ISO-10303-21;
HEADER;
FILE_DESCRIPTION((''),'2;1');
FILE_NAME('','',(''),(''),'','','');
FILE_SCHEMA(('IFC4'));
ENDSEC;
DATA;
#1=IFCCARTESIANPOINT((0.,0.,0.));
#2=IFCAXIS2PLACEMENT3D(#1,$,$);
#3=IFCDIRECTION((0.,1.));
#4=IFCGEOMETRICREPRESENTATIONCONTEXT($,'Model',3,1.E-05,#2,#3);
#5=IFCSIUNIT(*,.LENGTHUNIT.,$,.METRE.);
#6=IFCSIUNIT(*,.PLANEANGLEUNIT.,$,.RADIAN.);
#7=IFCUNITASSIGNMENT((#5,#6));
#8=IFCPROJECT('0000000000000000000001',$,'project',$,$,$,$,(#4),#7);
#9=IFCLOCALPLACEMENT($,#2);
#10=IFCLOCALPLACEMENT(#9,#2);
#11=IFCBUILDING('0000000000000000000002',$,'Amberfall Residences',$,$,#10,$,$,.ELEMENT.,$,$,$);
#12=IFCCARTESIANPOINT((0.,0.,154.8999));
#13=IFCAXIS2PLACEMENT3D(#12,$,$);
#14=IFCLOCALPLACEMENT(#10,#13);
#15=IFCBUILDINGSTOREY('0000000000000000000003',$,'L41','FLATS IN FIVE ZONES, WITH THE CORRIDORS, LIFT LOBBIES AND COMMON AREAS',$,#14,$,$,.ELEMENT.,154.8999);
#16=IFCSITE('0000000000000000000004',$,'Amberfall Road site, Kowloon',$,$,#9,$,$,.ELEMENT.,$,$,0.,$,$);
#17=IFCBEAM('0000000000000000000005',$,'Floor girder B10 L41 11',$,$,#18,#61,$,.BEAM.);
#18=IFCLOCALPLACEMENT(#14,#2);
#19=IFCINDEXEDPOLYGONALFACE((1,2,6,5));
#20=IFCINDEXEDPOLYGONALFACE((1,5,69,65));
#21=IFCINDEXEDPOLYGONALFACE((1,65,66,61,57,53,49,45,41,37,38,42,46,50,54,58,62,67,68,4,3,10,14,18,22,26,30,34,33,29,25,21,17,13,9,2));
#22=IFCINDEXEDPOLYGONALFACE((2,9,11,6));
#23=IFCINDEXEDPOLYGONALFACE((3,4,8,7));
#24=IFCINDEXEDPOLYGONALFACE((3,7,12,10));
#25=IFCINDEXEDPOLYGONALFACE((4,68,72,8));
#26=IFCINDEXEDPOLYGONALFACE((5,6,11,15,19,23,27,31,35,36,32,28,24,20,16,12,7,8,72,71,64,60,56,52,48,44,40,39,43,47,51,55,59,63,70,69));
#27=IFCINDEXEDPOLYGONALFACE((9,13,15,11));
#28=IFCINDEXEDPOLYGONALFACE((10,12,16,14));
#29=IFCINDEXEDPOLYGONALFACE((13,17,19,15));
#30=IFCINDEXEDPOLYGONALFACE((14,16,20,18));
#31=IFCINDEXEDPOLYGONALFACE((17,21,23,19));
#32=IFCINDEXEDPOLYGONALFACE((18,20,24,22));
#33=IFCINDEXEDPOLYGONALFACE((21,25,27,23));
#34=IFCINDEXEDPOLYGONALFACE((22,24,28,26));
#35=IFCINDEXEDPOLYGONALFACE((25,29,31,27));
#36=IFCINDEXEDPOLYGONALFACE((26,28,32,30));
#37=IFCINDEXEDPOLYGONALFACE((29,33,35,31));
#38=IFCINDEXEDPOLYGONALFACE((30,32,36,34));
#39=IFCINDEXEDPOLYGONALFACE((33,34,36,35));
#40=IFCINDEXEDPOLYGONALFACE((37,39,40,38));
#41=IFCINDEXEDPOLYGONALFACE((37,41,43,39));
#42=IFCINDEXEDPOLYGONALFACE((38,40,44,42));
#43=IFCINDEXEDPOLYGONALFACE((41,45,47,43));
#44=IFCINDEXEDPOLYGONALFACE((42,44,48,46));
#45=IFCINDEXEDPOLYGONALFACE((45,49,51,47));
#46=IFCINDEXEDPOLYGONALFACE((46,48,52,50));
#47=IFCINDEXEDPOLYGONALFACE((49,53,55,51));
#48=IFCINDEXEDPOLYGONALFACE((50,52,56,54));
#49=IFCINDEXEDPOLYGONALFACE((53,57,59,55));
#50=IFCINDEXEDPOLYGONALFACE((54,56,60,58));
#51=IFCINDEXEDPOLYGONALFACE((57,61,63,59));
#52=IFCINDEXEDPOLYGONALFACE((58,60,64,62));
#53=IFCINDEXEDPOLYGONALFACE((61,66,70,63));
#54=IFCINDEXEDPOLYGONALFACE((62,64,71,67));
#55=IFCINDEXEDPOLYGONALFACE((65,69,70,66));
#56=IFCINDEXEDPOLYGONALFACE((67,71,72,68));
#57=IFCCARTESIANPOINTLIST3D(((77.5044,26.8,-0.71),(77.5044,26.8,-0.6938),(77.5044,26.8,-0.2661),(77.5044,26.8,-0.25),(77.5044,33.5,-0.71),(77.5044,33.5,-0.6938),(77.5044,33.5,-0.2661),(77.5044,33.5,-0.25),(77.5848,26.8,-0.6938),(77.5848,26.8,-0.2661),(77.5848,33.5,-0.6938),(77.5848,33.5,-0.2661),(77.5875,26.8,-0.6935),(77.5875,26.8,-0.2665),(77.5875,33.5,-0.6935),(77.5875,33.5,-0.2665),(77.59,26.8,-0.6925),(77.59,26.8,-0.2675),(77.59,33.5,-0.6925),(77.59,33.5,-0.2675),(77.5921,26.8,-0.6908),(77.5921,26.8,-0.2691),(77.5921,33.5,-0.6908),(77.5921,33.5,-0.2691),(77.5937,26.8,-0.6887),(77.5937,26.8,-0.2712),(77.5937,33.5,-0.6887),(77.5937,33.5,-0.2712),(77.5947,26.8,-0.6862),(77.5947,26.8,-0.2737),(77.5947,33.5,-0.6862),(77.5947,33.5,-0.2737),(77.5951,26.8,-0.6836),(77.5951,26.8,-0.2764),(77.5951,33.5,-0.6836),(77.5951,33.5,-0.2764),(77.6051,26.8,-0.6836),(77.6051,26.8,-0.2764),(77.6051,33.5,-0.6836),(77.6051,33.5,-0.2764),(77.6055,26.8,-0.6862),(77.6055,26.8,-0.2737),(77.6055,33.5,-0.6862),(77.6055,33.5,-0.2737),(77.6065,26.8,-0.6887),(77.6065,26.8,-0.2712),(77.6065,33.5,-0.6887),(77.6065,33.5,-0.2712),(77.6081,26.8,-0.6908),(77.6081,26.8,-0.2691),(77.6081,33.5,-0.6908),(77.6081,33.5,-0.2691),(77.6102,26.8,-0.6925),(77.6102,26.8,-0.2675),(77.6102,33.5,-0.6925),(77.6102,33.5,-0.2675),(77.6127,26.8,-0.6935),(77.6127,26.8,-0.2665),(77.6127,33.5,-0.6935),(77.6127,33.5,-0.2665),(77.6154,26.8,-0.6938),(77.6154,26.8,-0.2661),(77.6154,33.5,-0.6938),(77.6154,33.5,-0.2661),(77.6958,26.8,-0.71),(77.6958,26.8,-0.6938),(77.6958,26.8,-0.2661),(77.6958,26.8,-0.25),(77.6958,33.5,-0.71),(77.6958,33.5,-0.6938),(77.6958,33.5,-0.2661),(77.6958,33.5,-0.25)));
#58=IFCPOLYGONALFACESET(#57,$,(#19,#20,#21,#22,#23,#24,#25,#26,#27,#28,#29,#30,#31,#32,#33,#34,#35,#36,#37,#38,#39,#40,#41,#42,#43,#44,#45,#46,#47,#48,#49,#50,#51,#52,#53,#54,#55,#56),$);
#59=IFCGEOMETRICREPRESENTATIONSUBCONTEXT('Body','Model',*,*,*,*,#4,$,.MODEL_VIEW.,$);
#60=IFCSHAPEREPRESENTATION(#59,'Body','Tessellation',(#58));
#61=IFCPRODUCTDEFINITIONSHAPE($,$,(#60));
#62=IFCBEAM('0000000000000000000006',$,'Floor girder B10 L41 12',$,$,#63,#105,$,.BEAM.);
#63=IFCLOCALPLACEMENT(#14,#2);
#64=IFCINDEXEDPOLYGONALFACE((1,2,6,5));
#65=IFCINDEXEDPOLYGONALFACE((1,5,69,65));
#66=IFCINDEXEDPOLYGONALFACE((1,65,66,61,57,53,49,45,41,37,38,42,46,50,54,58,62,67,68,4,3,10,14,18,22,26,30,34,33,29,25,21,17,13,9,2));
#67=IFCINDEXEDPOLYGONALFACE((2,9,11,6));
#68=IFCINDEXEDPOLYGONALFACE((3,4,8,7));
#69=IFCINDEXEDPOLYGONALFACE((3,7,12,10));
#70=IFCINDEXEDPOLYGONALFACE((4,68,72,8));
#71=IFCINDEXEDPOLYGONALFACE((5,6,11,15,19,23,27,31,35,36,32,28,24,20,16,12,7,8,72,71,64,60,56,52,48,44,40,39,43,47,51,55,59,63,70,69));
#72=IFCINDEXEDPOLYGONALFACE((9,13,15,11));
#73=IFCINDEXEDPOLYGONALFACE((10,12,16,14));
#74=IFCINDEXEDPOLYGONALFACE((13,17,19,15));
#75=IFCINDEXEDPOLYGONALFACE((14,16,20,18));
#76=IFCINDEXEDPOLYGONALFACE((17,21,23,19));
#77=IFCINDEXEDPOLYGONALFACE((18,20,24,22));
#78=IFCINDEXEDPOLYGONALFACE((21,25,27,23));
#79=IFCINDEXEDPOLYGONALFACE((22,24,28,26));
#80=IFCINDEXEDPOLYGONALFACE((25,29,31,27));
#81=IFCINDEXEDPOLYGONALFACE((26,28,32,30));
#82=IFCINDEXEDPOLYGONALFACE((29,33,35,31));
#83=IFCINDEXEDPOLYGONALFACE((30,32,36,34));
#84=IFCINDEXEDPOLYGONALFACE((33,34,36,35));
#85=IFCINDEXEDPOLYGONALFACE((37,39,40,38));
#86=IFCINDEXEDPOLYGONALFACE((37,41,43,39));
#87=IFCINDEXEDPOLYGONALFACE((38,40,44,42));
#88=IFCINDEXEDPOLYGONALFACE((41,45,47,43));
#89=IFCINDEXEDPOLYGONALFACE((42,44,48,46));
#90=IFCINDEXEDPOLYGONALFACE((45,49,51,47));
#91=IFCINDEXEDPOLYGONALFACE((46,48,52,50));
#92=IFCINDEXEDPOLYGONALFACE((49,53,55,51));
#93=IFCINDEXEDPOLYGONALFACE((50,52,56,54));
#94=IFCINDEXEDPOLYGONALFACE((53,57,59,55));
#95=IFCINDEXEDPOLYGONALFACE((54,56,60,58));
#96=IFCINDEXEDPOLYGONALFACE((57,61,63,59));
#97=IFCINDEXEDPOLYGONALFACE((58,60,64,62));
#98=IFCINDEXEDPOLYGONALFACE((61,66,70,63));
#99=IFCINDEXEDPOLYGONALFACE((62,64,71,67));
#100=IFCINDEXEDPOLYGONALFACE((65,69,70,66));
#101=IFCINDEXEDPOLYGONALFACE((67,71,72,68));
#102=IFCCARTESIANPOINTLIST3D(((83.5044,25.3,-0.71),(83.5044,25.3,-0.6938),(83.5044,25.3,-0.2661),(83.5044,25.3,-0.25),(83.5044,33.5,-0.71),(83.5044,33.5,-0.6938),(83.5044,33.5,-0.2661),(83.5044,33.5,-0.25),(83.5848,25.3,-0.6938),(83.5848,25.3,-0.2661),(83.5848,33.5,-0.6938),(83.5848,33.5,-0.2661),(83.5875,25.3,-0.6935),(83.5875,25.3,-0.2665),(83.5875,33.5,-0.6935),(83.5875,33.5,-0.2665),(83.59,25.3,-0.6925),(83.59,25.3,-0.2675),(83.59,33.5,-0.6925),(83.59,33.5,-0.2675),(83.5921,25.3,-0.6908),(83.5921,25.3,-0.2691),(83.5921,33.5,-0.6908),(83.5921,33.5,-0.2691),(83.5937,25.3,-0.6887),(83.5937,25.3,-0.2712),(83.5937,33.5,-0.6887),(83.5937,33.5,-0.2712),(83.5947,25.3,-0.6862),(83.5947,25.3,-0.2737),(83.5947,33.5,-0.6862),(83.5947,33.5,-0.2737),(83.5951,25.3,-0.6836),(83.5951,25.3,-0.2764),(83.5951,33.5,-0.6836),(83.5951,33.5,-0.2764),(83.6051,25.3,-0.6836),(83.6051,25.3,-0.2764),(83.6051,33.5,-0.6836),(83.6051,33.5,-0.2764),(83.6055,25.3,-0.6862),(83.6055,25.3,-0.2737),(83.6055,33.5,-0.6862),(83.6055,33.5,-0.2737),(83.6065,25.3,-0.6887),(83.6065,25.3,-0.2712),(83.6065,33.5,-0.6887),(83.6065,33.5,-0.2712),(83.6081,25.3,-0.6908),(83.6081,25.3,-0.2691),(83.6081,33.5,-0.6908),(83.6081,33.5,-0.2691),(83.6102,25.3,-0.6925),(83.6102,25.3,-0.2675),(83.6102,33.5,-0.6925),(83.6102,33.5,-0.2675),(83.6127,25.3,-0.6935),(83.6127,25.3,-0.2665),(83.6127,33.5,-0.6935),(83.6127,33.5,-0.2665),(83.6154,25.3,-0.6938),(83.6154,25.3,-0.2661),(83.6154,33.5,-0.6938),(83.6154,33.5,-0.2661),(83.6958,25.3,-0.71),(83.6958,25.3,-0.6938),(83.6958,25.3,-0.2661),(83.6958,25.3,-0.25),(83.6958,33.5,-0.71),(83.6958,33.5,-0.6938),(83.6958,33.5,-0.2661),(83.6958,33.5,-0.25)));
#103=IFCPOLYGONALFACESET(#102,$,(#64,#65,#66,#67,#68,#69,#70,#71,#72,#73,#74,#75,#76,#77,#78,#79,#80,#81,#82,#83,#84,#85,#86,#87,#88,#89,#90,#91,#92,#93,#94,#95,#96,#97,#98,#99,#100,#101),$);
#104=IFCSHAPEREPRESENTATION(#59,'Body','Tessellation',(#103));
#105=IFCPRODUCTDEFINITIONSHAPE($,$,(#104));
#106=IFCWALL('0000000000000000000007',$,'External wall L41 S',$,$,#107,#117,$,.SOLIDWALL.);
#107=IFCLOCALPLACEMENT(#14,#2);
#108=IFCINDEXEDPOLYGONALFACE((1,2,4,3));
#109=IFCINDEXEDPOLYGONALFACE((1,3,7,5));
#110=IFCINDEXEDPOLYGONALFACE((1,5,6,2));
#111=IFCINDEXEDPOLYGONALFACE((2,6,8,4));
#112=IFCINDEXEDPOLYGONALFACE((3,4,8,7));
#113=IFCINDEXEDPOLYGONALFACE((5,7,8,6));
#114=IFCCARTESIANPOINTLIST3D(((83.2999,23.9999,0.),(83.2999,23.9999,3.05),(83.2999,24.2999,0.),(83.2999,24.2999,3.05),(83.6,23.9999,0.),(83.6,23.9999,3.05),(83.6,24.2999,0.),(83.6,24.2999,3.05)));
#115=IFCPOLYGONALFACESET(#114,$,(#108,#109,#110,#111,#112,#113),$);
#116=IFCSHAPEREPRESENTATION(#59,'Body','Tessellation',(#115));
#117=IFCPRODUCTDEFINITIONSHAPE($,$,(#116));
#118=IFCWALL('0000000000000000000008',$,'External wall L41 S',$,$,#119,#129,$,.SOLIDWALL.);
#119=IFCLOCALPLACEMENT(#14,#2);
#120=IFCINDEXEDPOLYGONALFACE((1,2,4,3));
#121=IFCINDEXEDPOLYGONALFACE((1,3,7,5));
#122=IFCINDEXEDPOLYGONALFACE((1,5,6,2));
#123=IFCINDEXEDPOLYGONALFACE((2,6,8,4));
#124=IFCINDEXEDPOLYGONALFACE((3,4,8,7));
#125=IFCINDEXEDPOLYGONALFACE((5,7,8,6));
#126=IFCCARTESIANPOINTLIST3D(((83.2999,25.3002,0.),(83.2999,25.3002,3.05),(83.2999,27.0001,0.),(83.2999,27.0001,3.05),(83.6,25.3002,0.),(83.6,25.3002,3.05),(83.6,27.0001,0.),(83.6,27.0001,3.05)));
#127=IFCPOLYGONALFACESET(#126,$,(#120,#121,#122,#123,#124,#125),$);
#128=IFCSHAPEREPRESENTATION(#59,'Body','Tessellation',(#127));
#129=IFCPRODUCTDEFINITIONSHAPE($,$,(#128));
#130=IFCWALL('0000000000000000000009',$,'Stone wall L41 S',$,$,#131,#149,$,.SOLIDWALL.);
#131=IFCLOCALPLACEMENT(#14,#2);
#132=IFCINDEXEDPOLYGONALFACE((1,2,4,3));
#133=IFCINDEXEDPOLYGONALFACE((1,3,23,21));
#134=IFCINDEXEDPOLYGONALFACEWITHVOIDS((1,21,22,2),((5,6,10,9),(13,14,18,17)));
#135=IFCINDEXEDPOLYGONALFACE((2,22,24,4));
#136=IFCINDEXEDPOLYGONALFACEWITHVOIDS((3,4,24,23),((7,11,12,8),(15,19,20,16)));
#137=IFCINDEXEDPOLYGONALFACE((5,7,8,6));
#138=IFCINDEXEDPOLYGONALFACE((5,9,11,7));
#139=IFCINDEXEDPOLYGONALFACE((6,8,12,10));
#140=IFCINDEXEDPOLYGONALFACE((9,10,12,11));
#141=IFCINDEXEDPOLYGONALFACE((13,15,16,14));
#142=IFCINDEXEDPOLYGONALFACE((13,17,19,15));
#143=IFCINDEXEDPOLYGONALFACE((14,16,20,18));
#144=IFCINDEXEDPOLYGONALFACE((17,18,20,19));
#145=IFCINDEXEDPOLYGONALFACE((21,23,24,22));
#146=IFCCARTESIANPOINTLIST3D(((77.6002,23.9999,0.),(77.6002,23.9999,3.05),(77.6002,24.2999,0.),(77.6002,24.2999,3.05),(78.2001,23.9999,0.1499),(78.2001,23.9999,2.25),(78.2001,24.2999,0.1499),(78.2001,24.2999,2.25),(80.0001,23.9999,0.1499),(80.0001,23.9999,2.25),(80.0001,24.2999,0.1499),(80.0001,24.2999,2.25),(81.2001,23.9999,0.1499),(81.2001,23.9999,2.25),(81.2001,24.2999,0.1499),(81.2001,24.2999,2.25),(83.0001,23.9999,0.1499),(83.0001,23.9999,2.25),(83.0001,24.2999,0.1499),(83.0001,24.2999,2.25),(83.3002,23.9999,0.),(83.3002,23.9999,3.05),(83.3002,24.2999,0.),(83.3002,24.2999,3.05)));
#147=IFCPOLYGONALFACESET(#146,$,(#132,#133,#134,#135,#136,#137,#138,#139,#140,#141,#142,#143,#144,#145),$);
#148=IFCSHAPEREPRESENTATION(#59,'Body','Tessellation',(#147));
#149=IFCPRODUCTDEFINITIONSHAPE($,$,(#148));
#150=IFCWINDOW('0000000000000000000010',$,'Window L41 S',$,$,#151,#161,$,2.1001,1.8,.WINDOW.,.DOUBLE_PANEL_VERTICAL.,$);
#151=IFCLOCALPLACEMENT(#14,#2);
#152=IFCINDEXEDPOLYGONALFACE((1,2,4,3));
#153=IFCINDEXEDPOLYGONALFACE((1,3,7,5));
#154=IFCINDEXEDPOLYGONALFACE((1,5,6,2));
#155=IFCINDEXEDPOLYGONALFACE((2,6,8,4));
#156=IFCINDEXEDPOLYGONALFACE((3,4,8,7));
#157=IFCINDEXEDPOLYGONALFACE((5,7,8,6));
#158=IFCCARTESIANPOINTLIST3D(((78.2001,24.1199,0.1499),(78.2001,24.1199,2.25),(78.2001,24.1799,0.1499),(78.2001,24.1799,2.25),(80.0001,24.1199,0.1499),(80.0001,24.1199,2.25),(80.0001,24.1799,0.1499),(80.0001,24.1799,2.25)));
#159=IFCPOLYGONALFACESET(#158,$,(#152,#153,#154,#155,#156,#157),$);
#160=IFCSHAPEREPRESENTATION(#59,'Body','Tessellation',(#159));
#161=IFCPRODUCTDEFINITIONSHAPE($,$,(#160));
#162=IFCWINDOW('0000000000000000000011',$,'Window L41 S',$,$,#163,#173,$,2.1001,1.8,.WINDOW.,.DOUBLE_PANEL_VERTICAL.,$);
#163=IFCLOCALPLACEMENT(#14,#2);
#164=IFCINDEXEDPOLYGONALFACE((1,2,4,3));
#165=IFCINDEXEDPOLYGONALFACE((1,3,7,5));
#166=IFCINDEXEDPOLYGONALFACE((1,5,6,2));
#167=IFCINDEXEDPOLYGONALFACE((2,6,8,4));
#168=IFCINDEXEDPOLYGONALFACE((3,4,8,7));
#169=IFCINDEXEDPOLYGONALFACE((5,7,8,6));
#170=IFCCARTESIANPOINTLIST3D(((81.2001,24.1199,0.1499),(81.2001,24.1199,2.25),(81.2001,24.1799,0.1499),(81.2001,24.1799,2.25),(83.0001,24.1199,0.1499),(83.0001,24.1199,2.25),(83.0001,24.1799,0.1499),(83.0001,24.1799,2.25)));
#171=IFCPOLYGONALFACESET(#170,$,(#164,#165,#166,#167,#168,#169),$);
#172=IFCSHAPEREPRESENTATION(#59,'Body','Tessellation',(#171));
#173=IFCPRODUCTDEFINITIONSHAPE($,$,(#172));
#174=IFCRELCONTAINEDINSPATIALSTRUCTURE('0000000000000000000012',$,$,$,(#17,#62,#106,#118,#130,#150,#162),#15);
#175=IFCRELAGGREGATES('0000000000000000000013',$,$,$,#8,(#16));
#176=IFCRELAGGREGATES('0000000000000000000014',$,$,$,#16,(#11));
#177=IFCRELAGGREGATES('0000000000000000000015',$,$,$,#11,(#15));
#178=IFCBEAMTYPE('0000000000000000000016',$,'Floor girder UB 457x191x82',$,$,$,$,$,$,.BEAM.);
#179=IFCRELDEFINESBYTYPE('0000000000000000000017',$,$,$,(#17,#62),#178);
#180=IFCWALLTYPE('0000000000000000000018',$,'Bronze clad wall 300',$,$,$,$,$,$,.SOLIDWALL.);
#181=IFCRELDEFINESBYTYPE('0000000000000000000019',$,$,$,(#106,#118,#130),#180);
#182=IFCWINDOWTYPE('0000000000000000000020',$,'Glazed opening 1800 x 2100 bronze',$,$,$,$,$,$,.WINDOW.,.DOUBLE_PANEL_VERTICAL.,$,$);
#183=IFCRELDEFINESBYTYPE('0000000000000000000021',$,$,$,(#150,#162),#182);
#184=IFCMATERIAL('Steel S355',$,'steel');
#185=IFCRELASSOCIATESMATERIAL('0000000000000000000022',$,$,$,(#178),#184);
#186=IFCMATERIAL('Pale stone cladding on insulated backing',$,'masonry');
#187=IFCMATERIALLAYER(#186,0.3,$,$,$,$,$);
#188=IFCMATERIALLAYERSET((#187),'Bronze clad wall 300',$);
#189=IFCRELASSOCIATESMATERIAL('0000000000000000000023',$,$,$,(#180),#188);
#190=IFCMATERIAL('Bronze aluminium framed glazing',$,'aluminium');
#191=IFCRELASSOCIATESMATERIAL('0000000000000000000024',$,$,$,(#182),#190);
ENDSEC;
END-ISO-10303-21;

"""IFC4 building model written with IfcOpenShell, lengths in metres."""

from ifc_helpers import new_model, si_unit, direction, frame, frame_2d, origin, origin_2d, place, context, subcontext, project, spatial, rectangle, i_section, extrude, material, layer, layer_set, material_profile, profile_set, type_object, element, fill, save


model = new_model("IFC4")

# Units and contexts
model_context = context("Model", 3, precision=1e-05, world=origin(), true_north=direction((0.0, 1.0)))
body_context = subcontext(model_context, "Body", "Model", "MODEL_VIEW")
ifc_project = project(units=[si_unit("LENGTHUNIT", "METRE"), si_unit("PLANEANGLEUNIT", "RADIAN")], contexts=[model_context])

# Site, building, storey
site_placement = place(None, origin())
site = spatial("IfcSite", under=ifc_project, at=site_placement, Name="Amberfall Road site, Kowloon", CompositionType="ELEMENT", RefElevation=0.0)
building_placement = place(site_placement, origin())
building = spatial("IfcBuilding", under=site, at=building_placement, Name="Amberfall Residences", CompositionType="ELEMENT")
storey_placement = place(building_placement, frame((0.0, 0.0, 154.8999)))
storey = spatial("IfcBuildingStorey", under=building, at=storey_placement, Name="L41", Description="FLATS IN FIVE ZONES, WITH THE CORRIDORS, LIFT LOBBIES AND COMMON AREAS", CompositionType="ELEMENT", Elevation=154.8999)

# Beams
ifc_material_1 = material(Name="Steel S355", Category="steel")
ifc_material_profile_1 = material_profile(ifc_material_1, i_section(OverallWidth=0.1914, OverallDepth=0.46, WebThickness=0.01, FlangeThickness=0.0161, FilletRadius=0.0103, at=origin_2d()), Name="UB 457x191x82")
ifc_profile_set_1 = profile_set([ifc_material_profile_1], Name="Steel S355")
beam_type_1 = type_object("IfcBeamType", Name="Floor girder UB 457x191x82", PredefinedType="BEAM", material=ifc_profile_set_1)
beam_1_placement = place(storey_placement, frame((77.6001, 26.8, -0.48), z_axis=(0.0, 1.0, 0.0), x_axis=(-1.0, 0.0, 0.0)))
element("IfcBeam", 1, at=beam_1_placement, inside=storey, type_object=beam_type_1, Name="Floor girder B10 L41 11", PredefinedType="BEAM", context=body_context, shape_type="SweptSolid", body=[
    extrude(i_section(OverallWidth=0.1914, OverallDepth=0.46, WebThickness=0.01, FlangeThickness=0.0161, FilletRadius=0.0103, at=origin_2d()), origin(), (0.0, 0.0, 1.0), 6.7),
])
beam_2_placement = place(storey_placement, frame((83.6001, 25.3, -0.48), z_axis=(0.0, 1.0, 0.0), x_axis=(-1.0, 0.0, 0.0)))
element("IfcBeam", 2, at=beam_2_placement, inside=storey, type_object=beam_type_1, Name="Floor girder B10 L41 12", PredefinedType="BEAM", context=body_context, shape_type="SweptSolid", body=[
    extrude(i_section(OverallWidth=0.1914, OverallDepth=0.46, WebThickness=0.01, FlangeThickness=0.0161, FilletRadius=0.0103, at=origin_2d()), origin(), (0.0, 0.0, 1.0), 8.2),
])

# Walls
ifc_material_2 = material(Name="Pale stone cladding on insulated backing", Category="masonry")
ifc_layer_1 = layer(ifc_material_2, 0.3)
ifc_layer_set_1 = layer_set([ifc_layer_1], Name="Bronze clad wall 300")
wall_type_1 = type_object("IfcWallType", Name="Bronze clad wall 300", PredefinedType="SOLIDWALL", material=ifc_layer_set_1)
wall_1_placement = place(storey_placement, frame((83.45, 24.0, 0.0), z_axis=(0.0, 0.0, 1.0), x_axis=(0.0, 1.0, 0.0)))
element("IfcWall", 3, at=wall_1_placement, inside=storey, type_object=wall_type_1, Name="External wall L41 S", PredefinedType="SOLIDWALL", context=body_context, shape_type="SweptSolid", body=[
    extrude(rectangle(XDim=0.3, YDim=0.3, at=frame_2d((0.1499, 0.0))), origin(), (0.0, 0.0, 1.0), 3.05),
])
wall_2_placement = place(storey_placement, frame((83.45, 25.3, 0.0), z_axis=(0.0, 0.0, 1.0), x_axis=(0.0, 1.0, 0.0)))
element("IfcWall", 4, at=wall_2_placement, inside=storey, type_object=wall_type_1, Name="External wall L41 S", PredefinedType="SOLIDWALL", context=body_context, shape_type="SweptSolid", body=[
    extrude(rectangle(XDim=1.7, YDim=0.3, at=frame_2d((0.8501, 0.0))), origin(), (0.0, 0.0, 1.0), 3.05),
])

# Wall, openings, windows
wall_3_placement = place(storey_placement, frame((77.6001, 24.1499, 0.0), z_axis=(0.0, 0.0, 1.0), x_axis=(1.0, 0.0, 0.0)))
wall_3 = element("IfcWall", 5, at=wall_3_placement, inside=storey, type_object=wall_type_1, Name="Stone wall L41 S", PredefinedType="SOLIDWALL", context=body_context, shape_type="SweptSolid", body=[
    extrude(rectangle(XDim=5.7, YDim=0.3, at=frame_2d((2.8501, 0.0))), origin(), (0.0, 0.0, 1.0), 3.05),
])
opening_1_placement = place(wall_3_placement, frame((0.6001, 0.0, 0.1499)))
opening_1 = element("IfcOpeningElement", 6, at=opening_1_placement, cuts=wall_3, PredefinedType="OPENING", context=body_context, shape_type="SweptSolid", body=[
    extrude(rectangle(XDim=1.8, YDim=2.1001, at=frame_2d((0.8999, 1.05))), frame((0.0, 0.1599, 0.0), z_axis=(0.0, -1.0, 0.0), x_axis=(1.0, 0.0, 0.0)), (0.0, 0.0, 1.0), 0.3201),
])
opening_2_placement = place(wall_3_placement, frame((3.6001, 0.0, 0.1499)))
opening_2 = element("IfcOpeningElement", 7, at=opening_2_placement, cuts=wall_3, PredefinedType="OPENING", context=body_context, shape_type="SweptSolid", body=[
    extrude(rectangle(XDim=1.8, YDim=2.1001, at=frame_2d((0.8999, 1.05))), frame((0.0, 0.1599, 0.0), z_axis=(0.0, -1.0, 0.0), x_axis=(1.0, 0.0, 0.0)), (0.0, 0.0, 1.0), 0.3201),
])
ifc_material_3 = material(Name="Bronze aluminium framed glazing", Category="aluminium")
window_type = type_object("IfcWindowType", Name="Glazed opening 1800 x 2100 bronze", PartitioningType="DOUBLE_PANEL_VERTICAL", PredefinedType="WINDOW", material=ifc_material_3)
window_1_placement = place(opening_1_placement, origin())
window_1 = element("IfcWindow", 8, at=window_1_placement, inside=storey, type_object=window_type, Name="Window L41 S", OverallHeight=2.1001, OverallWidth=1.8, PartitioningType="DOUBLE_PANEL_VERTICAL", PredefinedType="WINDOW", context=body_context, shape_type="SweptSolid", body=[
    extrude(rectangle(XDim=1.8, YDim=2.1001, at=frame_2d((0.8999, 1.05))), frame((0.0, 0.03, 0.0), z_axis=(0.0, -1.0, 0.0), x_axis=(1.0, 0.0, 0.0)), (0.0, 0.0, 1.0), 0.0601),
])
fill(opening_1, window_1)
window_2_placement = place(opening_2_placement, origin())
window_2 = element("IfcWindow", 9, at=window_2_placement, inside=storey, type_object=window_type, Name="Window L41 S", OverallHeight=2.1001, OverallWidth=1.8, PartitioningType="DOUBLE_PANEL_VERTICAL", PredefinedType="WINDOW", context=body_context, shape_type="SweptSolid", body=[
    extrude(rectangle(XDim=1.8, YDim=2.1001, at=frame_2d((0.8999, 1.05))), frame((0.0, 0.03, 0.0), z_axis=(0.0, -1.0, 0.0), x_axis=(1.0, 0.0, 0.0)), (0.0, 0.0, 1.0), 0.0601),
])
fill(opening_2, window_2)

save(model, "model.ifc")
